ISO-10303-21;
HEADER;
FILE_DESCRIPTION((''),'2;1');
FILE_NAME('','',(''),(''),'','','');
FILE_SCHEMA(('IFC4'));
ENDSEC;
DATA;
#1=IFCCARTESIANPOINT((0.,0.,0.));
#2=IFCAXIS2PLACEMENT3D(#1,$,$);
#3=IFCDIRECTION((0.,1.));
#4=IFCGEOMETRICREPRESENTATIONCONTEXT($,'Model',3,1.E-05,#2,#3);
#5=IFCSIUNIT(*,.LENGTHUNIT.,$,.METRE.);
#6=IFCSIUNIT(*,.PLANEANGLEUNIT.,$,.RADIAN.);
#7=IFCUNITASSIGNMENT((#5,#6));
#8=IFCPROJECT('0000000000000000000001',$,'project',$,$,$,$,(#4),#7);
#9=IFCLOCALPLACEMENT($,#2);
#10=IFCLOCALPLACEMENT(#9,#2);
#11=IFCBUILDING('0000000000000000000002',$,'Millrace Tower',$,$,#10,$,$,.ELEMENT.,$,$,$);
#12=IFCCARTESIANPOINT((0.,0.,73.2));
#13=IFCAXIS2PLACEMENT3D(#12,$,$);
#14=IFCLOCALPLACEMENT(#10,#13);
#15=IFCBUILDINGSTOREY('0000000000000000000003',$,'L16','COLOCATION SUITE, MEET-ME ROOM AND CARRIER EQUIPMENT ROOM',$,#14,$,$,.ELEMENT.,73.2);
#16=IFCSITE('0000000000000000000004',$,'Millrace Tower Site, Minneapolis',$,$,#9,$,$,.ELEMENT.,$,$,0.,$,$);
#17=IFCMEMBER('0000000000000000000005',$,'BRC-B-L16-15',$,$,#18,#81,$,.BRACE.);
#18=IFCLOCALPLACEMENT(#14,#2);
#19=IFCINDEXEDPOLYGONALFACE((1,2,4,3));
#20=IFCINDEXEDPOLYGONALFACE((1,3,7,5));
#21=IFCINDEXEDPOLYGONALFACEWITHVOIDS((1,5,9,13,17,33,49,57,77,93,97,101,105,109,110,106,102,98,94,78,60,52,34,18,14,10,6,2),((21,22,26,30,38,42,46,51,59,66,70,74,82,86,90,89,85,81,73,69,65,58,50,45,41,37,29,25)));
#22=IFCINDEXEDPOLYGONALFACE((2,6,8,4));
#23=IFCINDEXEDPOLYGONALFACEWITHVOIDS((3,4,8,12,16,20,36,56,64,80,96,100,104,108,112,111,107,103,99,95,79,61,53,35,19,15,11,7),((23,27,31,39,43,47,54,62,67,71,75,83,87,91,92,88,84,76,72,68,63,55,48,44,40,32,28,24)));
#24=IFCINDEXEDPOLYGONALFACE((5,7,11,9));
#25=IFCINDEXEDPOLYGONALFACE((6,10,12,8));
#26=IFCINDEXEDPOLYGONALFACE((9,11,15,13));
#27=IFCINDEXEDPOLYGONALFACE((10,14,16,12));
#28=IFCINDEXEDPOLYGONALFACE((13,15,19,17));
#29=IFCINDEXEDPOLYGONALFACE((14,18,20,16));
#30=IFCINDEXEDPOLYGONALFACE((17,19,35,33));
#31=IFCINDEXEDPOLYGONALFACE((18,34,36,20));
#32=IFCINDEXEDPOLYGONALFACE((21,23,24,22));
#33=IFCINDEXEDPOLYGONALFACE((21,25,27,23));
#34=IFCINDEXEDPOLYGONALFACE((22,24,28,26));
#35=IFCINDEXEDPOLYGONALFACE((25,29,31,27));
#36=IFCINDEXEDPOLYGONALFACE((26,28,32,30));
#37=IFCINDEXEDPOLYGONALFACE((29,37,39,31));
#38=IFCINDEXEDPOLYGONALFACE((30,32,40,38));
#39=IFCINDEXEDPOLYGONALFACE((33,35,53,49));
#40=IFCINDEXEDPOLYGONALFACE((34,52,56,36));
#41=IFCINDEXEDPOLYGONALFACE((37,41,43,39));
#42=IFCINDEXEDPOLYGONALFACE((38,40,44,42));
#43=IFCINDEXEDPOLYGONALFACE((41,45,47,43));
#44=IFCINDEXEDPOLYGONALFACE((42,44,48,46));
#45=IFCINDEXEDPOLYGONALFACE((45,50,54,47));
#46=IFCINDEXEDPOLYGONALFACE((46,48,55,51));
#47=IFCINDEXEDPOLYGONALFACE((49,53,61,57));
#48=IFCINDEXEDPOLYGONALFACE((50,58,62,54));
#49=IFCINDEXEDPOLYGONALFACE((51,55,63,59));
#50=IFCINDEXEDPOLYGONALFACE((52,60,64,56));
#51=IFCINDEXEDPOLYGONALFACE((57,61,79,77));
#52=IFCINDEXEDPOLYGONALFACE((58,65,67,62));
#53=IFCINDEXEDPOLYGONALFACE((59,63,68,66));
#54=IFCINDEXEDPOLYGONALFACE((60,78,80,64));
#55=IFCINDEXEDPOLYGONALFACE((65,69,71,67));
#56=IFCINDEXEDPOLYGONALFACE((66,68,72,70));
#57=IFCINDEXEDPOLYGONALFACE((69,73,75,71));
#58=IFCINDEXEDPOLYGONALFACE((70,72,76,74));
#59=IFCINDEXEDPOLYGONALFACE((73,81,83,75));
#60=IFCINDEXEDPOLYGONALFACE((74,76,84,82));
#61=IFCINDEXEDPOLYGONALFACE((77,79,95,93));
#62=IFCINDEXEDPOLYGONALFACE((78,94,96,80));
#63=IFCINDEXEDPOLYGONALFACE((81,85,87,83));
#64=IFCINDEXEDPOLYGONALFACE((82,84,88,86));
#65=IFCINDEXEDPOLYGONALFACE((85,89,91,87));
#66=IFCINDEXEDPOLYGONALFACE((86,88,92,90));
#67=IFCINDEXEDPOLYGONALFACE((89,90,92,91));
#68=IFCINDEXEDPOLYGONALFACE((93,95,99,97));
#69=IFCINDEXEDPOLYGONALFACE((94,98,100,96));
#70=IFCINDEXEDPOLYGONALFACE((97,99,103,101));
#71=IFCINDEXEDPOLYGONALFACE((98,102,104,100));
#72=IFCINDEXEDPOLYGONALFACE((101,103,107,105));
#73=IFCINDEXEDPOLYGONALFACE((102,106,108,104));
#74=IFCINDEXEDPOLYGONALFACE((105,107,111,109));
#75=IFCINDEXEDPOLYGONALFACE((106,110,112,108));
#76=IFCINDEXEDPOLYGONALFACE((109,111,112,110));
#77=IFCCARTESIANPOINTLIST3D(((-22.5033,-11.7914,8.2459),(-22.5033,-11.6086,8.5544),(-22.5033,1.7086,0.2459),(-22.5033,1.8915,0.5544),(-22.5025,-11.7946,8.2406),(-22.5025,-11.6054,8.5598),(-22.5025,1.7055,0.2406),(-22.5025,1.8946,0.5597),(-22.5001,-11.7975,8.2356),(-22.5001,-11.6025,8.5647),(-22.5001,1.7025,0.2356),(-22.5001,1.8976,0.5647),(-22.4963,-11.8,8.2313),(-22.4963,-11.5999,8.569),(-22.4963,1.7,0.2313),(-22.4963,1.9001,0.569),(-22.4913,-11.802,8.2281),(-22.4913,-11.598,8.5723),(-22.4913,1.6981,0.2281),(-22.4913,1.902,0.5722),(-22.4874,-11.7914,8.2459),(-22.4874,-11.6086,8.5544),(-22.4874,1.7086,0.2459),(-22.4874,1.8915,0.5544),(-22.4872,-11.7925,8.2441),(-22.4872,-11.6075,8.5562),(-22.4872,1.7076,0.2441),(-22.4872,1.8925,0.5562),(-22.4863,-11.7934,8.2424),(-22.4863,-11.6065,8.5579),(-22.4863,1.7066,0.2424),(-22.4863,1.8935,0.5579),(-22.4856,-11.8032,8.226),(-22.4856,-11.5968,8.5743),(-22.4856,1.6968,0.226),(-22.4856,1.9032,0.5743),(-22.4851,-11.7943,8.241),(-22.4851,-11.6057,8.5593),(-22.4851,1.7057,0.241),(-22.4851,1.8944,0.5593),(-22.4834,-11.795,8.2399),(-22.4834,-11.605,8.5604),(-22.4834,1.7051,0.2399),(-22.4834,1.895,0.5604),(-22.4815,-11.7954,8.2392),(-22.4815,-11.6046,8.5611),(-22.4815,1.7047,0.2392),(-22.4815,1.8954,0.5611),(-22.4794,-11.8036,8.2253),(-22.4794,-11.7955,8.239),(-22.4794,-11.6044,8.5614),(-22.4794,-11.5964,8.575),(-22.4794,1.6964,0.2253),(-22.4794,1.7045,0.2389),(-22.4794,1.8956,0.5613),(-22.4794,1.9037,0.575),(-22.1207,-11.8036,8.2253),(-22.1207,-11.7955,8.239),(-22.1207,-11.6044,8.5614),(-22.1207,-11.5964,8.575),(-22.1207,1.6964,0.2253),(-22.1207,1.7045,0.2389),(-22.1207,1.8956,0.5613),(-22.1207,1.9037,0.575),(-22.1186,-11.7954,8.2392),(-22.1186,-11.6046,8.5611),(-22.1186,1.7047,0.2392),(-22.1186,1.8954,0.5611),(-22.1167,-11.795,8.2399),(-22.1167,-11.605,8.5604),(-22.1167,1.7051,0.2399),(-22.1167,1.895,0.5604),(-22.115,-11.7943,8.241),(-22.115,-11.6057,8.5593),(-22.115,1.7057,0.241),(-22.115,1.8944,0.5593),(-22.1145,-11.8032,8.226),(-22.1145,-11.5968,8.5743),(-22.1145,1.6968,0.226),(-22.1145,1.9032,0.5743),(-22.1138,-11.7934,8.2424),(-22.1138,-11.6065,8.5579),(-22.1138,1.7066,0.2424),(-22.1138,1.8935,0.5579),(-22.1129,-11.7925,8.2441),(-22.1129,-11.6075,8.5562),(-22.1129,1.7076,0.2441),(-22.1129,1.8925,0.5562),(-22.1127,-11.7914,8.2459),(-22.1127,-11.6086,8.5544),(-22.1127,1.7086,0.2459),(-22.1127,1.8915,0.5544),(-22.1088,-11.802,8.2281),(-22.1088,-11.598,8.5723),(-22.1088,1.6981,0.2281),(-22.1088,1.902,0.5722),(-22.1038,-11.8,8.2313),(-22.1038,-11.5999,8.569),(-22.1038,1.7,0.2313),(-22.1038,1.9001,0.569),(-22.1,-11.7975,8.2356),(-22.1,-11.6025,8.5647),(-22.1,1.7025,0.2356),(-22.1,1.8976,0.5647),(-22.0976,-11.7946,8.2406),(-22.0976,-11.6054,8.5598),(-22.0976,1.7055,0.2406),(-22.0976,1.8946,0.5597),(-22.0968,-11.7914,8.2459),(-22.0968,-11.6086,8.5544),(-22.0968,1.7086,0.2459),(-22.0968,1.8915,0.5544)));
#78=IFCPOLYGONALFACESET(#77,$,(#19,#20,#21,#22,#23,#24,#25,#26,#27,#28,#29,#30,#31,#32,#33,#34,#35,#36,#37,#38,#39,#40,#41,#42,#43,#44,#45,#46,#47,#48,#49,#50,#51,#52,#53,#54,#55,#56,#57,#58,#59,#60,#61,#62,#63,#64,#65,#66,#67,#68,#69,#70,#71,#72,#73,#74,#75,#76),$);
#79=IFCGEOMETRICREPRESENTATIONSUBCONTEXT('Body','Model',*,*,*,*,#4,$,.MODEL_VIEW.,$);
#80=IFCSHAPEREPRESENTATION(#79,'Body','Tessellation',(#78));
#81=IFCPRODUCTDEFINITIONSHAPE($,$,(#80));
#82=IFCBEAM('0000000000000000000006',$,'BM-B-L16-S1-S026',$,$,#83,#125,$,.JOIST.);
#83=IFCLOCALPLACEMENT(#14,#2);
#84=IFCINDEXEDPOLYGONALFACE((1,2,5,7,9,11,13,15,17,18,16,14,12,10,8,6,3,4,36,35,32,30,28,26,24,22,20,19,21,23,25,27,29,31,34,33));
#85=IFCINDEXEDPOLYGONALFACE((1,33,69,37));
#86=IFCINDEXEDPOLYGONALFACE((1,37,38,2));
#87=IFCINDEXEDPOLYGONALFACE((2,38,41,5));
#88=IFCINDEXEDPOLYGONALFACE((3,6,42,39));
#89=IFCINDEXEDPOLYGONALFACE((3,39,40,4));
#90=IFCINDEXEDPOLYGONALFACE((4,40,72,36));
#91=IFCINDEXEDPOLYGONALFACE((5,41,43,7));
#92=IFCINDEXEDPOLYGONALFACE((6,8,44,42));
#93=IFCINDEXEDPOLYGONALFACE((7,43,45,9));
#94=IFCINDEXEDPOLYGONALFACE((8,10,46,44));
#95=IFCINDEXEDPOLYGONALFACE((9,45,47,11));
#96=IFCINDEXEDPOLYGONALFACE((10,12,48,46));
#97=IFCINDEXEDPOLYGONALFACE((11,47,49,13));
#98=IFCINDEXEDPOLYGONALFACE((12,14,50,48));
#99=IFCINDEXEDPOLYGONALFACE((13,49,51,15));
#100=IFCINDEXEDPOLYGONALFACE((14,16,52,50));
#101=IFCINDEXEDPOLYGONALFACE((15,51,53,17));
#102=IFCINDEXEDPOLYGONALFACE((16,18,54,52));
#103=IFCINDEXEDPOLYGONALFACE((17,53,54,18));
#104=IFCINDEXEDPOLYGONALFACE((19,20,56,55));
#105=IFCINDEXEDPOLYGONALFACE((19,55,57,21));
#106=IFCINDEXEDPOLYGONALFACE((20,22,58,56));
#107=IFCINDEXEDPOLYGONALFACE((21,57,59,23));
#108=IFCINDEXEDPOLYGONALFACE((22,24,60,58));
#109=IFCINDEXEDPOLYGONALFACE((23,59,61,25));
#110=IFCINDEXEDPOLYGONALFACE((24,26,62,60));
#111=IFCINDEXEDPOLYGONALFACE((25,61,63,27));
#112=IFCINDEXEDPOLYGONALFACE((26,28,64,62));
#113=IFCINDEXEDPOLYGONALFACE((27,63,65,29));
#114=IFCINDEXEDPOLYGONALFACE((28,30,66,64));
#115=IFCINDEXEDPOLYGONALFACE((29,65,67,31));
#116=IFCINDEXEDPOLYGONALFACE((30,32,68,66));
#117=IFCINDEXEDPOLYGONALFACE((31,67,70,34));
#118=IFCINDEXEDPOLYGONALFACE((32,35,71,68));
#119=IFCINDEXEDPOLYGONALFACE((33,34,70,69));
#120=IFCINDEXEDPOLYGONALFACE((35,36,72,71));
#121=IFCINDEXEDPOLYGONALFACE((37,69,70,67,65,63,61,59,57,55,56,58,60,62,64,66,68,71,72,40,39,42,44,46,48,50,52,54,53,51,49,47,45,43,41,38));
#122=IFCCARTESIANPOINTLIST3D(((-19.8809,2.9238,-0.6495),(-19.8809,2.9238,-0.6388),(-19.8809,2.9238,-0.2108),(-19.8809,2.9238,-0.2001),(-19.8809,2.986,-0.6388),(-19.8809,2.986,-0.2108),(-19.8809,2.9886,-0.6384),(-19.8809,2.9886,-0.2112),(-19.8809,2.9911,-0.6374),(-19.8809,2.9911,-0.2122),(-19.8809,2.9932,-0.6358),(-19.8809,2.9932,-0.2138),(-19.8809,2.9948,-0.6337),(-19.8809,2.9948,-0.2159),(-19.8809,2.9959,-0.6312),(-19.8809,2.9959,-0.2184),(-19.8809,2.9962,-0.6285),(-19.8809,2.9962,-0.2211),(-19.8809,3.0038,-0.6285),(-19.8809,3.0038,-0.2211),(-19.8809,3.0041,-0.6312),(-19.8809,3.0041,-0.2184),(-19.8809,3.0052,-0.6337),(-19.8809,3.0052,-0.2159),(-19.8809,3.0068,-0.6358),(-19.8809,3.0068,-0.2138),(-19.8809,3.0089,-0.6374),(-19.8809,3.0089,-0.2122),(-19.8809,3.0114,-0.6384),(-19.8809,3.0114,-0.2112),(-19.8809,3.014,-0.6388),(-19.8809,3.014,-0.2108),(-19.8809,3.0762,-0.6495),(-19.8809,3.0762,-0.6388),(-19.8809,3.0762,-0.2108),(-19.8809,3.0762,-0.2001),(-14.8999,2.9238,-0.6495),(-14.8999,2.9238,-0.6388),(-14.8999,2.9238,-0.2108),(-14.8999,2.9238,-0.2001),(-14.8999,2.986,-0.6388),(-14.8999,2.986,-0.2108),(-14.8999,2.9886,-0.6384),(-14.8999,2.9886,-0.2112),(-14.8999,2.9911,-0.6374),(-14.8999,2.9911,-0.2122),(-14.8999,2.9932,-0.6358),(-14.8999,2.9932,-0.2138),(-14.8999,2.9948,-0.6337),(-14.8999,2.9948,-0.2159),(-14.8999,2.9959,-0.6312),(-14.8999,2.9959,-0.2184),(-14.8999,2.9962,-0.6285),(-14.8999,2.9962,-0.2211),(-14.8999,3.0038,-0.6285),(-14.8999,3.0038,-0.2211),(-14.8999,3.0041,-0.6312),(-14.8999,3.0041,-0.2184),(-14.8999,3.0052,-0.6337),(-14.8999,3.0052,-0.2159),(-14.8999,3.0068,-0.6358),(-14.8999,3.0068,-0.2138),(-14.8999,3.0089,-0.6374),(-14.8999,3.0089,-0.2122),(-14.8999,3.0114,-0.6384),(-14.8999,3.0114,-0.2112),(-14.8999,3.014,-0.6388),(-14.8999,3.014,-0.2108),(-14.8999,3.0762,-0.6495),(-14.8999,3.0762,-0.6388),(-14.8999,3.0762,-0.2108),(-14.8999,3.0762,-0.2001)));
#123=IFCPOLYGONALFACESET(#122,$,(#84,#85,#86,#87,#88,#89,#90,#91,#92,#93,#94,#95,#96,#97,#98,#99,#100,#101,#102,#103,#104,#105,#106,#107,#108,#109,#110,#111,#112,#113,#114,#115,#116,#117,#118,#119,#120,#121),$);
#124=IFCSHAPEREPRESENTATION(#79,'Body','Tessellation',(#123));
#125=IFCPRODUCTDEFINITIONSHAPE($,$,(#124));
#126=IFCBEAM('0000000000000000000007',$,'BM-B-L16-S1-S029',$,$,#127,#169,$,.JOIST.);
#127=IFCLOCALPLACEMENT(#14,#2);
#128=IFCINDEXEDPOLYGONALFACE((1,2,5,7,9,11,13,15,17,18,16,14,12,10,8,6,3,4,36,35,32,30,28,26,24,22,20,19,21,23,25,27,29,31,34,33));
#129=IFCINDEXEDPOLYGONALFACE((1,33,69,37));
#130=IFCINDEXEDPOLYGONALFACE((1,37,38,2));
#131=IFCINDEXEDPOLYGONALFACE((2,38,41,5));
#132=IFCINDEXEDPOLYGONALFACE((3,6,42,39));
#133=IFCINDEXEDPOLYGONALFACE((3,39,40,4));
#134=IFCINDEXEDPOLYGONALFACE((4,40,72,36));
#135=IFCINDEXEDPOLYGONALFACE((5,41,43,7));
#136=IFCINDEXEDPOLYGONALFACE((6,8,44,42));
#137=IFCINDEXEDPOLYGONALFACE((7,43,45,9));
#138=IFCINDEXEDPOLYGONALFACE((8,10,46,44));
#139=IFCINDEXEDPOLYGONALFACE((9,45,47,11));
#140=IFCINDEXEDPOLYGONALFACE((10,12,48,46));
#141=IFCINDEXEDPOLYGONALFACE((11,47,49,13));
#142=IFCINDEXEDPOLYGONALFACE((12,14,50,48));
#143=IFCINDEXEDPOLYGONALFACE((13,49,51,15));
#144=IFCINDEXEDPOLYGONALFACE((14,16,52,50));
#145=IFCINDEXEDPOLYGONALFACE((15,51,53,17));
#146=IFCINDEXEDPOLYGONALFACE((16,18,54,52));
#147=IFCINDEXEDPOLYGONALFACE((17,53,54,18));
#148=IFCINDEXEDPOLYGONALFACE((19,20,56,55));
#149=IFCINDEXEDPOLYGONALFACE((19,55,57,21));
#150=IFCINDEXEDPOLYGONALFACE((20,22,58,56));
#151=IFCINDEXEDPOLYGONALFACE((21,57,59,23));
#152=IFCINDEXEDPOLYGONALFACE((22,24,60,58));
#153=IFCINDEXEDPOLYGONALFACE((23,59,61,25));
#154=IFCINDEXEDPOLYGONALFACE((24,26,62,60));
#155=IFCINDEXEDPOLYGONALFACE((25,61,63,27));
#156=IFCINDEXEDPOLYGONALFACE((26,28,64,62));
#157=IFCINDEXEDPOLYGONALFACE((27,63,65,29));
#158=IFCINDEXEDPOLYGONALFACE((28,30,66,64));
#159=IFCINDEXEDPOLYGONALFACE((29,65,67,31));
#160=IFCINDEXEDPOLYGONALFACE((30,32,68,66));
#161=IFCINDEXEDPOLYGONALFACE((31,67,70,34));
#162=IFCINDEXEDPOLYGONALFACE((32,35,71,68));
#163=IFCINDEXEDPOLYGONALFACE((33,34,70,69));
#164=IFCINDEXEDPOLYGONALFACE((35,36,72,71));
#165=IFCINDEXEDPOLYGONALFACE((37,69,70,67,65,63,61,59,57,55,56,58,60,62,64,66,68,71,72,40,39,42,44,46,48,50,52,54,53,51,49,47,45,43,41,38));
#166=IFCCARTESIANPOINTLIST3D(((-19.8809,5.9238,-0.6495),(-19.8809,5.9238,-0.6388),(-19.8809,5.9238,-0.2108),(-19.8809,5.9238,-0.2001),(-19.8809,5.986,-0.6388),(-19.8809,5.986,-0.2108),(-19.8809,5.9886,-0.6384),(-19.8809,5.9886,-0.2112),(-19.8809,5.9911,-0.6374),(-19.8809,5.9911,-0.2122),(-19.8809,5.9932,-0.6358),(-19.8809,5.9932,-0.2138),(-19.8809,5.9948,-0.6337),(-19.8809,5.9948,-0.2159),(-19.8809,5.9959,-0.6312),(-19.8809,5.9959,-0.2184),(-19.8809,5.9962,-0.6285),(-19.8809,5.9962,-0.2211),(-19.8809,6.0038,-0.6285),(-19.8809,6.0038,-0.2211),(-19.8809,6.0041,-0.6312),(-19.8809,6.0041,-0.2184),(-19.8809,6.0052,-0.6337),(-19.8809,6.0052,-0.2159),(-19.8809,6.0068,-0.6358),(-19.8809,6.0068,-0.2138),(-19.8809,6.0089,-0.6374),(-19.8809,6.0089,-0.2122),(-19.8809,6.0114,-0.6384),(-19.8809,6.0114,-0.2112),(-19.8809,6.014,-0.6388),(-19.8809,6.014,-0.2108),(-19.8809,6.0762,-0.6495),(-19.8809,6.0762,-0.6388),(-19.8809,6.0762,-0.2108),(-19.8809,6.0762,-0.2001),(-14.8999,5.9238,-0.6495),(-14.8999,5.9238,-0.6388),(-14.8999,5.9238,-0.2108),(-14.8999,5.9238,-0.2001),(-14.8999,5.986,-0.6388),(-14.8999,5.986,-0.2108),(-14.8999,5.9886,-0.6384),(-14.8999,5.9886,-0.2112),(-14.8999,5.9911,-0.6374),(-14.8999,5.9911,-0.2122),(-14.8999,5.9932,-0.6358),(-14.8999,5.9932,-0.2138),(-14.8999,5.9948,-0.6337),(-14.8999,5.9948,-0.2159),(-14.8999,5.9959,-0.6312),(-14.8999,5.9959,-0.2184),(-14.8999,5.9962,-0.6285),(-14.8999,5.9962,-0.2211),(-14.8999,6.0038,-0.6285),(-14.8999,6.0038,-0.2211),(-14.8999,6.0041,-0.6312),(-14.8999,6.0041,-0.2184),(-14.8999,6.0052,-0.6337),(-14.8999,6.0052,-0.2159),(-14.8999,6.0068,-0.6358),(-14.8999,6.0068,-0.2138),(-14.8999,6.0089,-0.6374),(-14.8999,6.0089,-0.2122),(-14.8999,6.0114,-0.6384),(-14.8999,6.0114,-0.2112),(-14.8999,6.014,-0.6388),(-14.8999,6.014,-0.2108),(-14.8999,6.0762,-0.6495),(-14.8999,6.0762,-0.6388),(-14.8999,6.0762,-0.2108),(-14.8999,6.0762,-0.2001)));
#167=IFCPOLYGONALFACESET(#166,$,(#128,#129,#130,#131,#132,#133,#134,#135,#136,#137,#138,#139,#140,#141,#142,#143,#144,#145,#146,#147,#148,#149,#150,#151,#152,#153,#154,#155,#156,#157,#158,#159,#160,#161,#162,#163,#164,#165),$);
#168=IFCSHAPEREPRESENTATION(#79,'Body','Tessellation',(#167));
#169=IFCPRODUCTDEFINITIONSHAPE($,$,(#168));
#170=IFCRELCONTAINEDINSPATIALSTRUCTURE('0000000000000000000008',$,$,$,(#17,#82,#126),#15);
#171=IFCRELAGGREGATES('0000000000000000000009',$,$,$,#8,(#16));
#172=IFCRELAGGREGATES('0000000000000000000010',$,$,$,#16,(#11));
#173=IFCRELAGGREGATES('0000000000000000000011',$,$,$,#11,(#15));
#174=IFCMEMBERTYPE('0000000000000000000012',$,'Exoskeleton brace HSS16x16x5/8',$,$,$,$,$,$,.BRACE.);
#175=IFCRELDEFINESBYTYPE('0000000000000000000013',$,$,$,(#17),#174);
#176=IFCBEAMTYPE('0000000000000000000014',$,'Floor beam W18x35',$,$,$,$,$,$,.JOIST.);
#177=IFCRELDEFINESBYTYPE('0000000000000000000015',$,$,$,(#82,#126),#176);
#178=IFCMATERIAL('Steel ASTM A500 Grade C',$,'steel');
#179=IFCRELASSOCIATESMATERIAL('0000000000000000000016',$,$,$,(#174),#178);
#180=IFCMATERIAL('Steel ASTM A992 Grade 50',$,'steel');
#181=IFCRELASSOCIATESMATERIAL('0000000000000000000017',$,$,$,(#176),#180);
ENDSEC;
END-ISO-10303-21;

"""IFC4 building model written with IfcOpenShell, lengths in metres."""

from ifc_helpers import new_model, si_unit, direction, frame, origin, origin_2d, place, context, subcontext, project, spatial, hollow_rectangle, i_section, extrude, material, material_profile, profile_set, type_object, element, save


model = new_model("IFC4")

# Units and contexts
model_context = context("Model", 3, precision=1e-05, world=origin(), true_north=direction((0.0, 1.0)))
body_context = subcontext(model_context, "Body", "Model", "MODEL_VIEW")
ifc_project = project(units=[si_unit("LENGTHUNIT", "METRE"), si_unit("PLANEANGLEUNIT", "RADIAN")], contexts=[model_context])

# Site, building, storey
site_placement = place(None, origin())
site = spatial("IfcSite", under=ifc_project, at=site_placement, Name="Millrace Tower Site, Minneapolis", CompositionType="ELEMENT", RefElevation=0.0)
building_placement = place(site_placement, origin())
building = spatial("IfcBuilding", under=site, at=building_placement, Name="Millrace Tower", CompositionType="ELEMENT")
storey_placement = place(building_placement, frame((0.0, 0.0, 73.2)))
storey = spatial("IfcBuildingStorey", under=building, at=storey_placement, Name="L16", Description="COLOCATION SUITE, MEET-ME ROOM AND CARRIER EQUIPMENT ROOM", CompositionType="ELEMENT", Elevation=73.2)

# Member
ifc_material_1 = material(Name="Steel ASTM A500 Grade C", Category="steel")
ifc_material_profile_1 = material_profile(ifc_material_1, hollow_rectangle(XDim=0.4065, YDim=0.4065, WallThickness=0.0159, InnerFilletRadius=0.0081, OuterFilletRadius=0.0239, at=origin_2d()))
ifc_profile_set_1 = profile_set([ifc_material_profile_1], Name="Steel ASTM A500 Grade C")
member_type_1 = type_object("IfcMemberType", Name="Exoskeleton brace HSS16x16x5/8", PredefinedType="BRACE", material=ifc_profile_set_1)
member_1_placement = place(storey_placement, frame((-22.3, 1.8, 0.4001), z_axis=(0.0, -0.860292, 0.509802), x_axis=(1.0, 0.0, 0.0)))
element("IfcMember", 1, at=member_1_placement, inside=storey, type_object=member_type_1, Name="BRC-B-L16-15", PredefinedType="BRACE", context=body_context, shape_type="SweptSolid", body=[
    extrude(hollow_rectangle(XDim=0.4065, YDim=0.4065, WallThickness=0.0159, InnerFilletRadius=0.0081, OuterFilletRadius=0.0239, at=origin_2d()), origin(), (0.0, 0.0, 1.0), 15.6924),
])

# Beams
ifc_material_2 = material(Name="Steel ASTM A992 Grade 50", Category="steel")
ifc_material_profile_2 = material_profile(ifc_material_2, i_section(OverallWidth=0.1523, OverallDepth=0.4495, WebThickness=0.0076, FlangeThickness=0.0107, FilletRadius=0.0103, at=origin_2d()))
ifc_profile_set_2 = profile_set([ifc_material_profile_2], Name="Steel ASTM A992 Grade 50")
beam_type_1 = type_object("IfcBeamType", Name="Floor beam W18x35", PredefinedType="JOIST", material=ifc_profile_set_2)
for number, where, z_axis, x_axis, name in (
    (2, (-19.8809, 3.0, -0.4248), (1.0, 0.0, 0.0), (0.0, 1.0, 0.0), "BM-B-L16-S1-S026"),
    (3, (-19.8809, 6.0, -0.4248), (1.0, 0.0, 0.0), (0.0, 1.0, 0.0), "BM-B-L16-S1-S029"),
):
    element("IfcBeam", number, at=place(storey_placement, frame(where, z_axis=z_axis, x_axis=x_axis)), inside=storey, type_object=beam_type_1, Name=name, PredefinedType="JOIST", context=body_context, shape_type="SweptSolid", body=[
        extrude(i_section(OverallWidth=0.1523, OverallDepth=0.4495, WebThickness=0.0076, FlangeThickness=0.0107, FilletRadius=0.0103, at=origin_2d()), origin(), (0.0, 0.0, 1.0), 4.981),
    ])

save(model, "model.ifc")
